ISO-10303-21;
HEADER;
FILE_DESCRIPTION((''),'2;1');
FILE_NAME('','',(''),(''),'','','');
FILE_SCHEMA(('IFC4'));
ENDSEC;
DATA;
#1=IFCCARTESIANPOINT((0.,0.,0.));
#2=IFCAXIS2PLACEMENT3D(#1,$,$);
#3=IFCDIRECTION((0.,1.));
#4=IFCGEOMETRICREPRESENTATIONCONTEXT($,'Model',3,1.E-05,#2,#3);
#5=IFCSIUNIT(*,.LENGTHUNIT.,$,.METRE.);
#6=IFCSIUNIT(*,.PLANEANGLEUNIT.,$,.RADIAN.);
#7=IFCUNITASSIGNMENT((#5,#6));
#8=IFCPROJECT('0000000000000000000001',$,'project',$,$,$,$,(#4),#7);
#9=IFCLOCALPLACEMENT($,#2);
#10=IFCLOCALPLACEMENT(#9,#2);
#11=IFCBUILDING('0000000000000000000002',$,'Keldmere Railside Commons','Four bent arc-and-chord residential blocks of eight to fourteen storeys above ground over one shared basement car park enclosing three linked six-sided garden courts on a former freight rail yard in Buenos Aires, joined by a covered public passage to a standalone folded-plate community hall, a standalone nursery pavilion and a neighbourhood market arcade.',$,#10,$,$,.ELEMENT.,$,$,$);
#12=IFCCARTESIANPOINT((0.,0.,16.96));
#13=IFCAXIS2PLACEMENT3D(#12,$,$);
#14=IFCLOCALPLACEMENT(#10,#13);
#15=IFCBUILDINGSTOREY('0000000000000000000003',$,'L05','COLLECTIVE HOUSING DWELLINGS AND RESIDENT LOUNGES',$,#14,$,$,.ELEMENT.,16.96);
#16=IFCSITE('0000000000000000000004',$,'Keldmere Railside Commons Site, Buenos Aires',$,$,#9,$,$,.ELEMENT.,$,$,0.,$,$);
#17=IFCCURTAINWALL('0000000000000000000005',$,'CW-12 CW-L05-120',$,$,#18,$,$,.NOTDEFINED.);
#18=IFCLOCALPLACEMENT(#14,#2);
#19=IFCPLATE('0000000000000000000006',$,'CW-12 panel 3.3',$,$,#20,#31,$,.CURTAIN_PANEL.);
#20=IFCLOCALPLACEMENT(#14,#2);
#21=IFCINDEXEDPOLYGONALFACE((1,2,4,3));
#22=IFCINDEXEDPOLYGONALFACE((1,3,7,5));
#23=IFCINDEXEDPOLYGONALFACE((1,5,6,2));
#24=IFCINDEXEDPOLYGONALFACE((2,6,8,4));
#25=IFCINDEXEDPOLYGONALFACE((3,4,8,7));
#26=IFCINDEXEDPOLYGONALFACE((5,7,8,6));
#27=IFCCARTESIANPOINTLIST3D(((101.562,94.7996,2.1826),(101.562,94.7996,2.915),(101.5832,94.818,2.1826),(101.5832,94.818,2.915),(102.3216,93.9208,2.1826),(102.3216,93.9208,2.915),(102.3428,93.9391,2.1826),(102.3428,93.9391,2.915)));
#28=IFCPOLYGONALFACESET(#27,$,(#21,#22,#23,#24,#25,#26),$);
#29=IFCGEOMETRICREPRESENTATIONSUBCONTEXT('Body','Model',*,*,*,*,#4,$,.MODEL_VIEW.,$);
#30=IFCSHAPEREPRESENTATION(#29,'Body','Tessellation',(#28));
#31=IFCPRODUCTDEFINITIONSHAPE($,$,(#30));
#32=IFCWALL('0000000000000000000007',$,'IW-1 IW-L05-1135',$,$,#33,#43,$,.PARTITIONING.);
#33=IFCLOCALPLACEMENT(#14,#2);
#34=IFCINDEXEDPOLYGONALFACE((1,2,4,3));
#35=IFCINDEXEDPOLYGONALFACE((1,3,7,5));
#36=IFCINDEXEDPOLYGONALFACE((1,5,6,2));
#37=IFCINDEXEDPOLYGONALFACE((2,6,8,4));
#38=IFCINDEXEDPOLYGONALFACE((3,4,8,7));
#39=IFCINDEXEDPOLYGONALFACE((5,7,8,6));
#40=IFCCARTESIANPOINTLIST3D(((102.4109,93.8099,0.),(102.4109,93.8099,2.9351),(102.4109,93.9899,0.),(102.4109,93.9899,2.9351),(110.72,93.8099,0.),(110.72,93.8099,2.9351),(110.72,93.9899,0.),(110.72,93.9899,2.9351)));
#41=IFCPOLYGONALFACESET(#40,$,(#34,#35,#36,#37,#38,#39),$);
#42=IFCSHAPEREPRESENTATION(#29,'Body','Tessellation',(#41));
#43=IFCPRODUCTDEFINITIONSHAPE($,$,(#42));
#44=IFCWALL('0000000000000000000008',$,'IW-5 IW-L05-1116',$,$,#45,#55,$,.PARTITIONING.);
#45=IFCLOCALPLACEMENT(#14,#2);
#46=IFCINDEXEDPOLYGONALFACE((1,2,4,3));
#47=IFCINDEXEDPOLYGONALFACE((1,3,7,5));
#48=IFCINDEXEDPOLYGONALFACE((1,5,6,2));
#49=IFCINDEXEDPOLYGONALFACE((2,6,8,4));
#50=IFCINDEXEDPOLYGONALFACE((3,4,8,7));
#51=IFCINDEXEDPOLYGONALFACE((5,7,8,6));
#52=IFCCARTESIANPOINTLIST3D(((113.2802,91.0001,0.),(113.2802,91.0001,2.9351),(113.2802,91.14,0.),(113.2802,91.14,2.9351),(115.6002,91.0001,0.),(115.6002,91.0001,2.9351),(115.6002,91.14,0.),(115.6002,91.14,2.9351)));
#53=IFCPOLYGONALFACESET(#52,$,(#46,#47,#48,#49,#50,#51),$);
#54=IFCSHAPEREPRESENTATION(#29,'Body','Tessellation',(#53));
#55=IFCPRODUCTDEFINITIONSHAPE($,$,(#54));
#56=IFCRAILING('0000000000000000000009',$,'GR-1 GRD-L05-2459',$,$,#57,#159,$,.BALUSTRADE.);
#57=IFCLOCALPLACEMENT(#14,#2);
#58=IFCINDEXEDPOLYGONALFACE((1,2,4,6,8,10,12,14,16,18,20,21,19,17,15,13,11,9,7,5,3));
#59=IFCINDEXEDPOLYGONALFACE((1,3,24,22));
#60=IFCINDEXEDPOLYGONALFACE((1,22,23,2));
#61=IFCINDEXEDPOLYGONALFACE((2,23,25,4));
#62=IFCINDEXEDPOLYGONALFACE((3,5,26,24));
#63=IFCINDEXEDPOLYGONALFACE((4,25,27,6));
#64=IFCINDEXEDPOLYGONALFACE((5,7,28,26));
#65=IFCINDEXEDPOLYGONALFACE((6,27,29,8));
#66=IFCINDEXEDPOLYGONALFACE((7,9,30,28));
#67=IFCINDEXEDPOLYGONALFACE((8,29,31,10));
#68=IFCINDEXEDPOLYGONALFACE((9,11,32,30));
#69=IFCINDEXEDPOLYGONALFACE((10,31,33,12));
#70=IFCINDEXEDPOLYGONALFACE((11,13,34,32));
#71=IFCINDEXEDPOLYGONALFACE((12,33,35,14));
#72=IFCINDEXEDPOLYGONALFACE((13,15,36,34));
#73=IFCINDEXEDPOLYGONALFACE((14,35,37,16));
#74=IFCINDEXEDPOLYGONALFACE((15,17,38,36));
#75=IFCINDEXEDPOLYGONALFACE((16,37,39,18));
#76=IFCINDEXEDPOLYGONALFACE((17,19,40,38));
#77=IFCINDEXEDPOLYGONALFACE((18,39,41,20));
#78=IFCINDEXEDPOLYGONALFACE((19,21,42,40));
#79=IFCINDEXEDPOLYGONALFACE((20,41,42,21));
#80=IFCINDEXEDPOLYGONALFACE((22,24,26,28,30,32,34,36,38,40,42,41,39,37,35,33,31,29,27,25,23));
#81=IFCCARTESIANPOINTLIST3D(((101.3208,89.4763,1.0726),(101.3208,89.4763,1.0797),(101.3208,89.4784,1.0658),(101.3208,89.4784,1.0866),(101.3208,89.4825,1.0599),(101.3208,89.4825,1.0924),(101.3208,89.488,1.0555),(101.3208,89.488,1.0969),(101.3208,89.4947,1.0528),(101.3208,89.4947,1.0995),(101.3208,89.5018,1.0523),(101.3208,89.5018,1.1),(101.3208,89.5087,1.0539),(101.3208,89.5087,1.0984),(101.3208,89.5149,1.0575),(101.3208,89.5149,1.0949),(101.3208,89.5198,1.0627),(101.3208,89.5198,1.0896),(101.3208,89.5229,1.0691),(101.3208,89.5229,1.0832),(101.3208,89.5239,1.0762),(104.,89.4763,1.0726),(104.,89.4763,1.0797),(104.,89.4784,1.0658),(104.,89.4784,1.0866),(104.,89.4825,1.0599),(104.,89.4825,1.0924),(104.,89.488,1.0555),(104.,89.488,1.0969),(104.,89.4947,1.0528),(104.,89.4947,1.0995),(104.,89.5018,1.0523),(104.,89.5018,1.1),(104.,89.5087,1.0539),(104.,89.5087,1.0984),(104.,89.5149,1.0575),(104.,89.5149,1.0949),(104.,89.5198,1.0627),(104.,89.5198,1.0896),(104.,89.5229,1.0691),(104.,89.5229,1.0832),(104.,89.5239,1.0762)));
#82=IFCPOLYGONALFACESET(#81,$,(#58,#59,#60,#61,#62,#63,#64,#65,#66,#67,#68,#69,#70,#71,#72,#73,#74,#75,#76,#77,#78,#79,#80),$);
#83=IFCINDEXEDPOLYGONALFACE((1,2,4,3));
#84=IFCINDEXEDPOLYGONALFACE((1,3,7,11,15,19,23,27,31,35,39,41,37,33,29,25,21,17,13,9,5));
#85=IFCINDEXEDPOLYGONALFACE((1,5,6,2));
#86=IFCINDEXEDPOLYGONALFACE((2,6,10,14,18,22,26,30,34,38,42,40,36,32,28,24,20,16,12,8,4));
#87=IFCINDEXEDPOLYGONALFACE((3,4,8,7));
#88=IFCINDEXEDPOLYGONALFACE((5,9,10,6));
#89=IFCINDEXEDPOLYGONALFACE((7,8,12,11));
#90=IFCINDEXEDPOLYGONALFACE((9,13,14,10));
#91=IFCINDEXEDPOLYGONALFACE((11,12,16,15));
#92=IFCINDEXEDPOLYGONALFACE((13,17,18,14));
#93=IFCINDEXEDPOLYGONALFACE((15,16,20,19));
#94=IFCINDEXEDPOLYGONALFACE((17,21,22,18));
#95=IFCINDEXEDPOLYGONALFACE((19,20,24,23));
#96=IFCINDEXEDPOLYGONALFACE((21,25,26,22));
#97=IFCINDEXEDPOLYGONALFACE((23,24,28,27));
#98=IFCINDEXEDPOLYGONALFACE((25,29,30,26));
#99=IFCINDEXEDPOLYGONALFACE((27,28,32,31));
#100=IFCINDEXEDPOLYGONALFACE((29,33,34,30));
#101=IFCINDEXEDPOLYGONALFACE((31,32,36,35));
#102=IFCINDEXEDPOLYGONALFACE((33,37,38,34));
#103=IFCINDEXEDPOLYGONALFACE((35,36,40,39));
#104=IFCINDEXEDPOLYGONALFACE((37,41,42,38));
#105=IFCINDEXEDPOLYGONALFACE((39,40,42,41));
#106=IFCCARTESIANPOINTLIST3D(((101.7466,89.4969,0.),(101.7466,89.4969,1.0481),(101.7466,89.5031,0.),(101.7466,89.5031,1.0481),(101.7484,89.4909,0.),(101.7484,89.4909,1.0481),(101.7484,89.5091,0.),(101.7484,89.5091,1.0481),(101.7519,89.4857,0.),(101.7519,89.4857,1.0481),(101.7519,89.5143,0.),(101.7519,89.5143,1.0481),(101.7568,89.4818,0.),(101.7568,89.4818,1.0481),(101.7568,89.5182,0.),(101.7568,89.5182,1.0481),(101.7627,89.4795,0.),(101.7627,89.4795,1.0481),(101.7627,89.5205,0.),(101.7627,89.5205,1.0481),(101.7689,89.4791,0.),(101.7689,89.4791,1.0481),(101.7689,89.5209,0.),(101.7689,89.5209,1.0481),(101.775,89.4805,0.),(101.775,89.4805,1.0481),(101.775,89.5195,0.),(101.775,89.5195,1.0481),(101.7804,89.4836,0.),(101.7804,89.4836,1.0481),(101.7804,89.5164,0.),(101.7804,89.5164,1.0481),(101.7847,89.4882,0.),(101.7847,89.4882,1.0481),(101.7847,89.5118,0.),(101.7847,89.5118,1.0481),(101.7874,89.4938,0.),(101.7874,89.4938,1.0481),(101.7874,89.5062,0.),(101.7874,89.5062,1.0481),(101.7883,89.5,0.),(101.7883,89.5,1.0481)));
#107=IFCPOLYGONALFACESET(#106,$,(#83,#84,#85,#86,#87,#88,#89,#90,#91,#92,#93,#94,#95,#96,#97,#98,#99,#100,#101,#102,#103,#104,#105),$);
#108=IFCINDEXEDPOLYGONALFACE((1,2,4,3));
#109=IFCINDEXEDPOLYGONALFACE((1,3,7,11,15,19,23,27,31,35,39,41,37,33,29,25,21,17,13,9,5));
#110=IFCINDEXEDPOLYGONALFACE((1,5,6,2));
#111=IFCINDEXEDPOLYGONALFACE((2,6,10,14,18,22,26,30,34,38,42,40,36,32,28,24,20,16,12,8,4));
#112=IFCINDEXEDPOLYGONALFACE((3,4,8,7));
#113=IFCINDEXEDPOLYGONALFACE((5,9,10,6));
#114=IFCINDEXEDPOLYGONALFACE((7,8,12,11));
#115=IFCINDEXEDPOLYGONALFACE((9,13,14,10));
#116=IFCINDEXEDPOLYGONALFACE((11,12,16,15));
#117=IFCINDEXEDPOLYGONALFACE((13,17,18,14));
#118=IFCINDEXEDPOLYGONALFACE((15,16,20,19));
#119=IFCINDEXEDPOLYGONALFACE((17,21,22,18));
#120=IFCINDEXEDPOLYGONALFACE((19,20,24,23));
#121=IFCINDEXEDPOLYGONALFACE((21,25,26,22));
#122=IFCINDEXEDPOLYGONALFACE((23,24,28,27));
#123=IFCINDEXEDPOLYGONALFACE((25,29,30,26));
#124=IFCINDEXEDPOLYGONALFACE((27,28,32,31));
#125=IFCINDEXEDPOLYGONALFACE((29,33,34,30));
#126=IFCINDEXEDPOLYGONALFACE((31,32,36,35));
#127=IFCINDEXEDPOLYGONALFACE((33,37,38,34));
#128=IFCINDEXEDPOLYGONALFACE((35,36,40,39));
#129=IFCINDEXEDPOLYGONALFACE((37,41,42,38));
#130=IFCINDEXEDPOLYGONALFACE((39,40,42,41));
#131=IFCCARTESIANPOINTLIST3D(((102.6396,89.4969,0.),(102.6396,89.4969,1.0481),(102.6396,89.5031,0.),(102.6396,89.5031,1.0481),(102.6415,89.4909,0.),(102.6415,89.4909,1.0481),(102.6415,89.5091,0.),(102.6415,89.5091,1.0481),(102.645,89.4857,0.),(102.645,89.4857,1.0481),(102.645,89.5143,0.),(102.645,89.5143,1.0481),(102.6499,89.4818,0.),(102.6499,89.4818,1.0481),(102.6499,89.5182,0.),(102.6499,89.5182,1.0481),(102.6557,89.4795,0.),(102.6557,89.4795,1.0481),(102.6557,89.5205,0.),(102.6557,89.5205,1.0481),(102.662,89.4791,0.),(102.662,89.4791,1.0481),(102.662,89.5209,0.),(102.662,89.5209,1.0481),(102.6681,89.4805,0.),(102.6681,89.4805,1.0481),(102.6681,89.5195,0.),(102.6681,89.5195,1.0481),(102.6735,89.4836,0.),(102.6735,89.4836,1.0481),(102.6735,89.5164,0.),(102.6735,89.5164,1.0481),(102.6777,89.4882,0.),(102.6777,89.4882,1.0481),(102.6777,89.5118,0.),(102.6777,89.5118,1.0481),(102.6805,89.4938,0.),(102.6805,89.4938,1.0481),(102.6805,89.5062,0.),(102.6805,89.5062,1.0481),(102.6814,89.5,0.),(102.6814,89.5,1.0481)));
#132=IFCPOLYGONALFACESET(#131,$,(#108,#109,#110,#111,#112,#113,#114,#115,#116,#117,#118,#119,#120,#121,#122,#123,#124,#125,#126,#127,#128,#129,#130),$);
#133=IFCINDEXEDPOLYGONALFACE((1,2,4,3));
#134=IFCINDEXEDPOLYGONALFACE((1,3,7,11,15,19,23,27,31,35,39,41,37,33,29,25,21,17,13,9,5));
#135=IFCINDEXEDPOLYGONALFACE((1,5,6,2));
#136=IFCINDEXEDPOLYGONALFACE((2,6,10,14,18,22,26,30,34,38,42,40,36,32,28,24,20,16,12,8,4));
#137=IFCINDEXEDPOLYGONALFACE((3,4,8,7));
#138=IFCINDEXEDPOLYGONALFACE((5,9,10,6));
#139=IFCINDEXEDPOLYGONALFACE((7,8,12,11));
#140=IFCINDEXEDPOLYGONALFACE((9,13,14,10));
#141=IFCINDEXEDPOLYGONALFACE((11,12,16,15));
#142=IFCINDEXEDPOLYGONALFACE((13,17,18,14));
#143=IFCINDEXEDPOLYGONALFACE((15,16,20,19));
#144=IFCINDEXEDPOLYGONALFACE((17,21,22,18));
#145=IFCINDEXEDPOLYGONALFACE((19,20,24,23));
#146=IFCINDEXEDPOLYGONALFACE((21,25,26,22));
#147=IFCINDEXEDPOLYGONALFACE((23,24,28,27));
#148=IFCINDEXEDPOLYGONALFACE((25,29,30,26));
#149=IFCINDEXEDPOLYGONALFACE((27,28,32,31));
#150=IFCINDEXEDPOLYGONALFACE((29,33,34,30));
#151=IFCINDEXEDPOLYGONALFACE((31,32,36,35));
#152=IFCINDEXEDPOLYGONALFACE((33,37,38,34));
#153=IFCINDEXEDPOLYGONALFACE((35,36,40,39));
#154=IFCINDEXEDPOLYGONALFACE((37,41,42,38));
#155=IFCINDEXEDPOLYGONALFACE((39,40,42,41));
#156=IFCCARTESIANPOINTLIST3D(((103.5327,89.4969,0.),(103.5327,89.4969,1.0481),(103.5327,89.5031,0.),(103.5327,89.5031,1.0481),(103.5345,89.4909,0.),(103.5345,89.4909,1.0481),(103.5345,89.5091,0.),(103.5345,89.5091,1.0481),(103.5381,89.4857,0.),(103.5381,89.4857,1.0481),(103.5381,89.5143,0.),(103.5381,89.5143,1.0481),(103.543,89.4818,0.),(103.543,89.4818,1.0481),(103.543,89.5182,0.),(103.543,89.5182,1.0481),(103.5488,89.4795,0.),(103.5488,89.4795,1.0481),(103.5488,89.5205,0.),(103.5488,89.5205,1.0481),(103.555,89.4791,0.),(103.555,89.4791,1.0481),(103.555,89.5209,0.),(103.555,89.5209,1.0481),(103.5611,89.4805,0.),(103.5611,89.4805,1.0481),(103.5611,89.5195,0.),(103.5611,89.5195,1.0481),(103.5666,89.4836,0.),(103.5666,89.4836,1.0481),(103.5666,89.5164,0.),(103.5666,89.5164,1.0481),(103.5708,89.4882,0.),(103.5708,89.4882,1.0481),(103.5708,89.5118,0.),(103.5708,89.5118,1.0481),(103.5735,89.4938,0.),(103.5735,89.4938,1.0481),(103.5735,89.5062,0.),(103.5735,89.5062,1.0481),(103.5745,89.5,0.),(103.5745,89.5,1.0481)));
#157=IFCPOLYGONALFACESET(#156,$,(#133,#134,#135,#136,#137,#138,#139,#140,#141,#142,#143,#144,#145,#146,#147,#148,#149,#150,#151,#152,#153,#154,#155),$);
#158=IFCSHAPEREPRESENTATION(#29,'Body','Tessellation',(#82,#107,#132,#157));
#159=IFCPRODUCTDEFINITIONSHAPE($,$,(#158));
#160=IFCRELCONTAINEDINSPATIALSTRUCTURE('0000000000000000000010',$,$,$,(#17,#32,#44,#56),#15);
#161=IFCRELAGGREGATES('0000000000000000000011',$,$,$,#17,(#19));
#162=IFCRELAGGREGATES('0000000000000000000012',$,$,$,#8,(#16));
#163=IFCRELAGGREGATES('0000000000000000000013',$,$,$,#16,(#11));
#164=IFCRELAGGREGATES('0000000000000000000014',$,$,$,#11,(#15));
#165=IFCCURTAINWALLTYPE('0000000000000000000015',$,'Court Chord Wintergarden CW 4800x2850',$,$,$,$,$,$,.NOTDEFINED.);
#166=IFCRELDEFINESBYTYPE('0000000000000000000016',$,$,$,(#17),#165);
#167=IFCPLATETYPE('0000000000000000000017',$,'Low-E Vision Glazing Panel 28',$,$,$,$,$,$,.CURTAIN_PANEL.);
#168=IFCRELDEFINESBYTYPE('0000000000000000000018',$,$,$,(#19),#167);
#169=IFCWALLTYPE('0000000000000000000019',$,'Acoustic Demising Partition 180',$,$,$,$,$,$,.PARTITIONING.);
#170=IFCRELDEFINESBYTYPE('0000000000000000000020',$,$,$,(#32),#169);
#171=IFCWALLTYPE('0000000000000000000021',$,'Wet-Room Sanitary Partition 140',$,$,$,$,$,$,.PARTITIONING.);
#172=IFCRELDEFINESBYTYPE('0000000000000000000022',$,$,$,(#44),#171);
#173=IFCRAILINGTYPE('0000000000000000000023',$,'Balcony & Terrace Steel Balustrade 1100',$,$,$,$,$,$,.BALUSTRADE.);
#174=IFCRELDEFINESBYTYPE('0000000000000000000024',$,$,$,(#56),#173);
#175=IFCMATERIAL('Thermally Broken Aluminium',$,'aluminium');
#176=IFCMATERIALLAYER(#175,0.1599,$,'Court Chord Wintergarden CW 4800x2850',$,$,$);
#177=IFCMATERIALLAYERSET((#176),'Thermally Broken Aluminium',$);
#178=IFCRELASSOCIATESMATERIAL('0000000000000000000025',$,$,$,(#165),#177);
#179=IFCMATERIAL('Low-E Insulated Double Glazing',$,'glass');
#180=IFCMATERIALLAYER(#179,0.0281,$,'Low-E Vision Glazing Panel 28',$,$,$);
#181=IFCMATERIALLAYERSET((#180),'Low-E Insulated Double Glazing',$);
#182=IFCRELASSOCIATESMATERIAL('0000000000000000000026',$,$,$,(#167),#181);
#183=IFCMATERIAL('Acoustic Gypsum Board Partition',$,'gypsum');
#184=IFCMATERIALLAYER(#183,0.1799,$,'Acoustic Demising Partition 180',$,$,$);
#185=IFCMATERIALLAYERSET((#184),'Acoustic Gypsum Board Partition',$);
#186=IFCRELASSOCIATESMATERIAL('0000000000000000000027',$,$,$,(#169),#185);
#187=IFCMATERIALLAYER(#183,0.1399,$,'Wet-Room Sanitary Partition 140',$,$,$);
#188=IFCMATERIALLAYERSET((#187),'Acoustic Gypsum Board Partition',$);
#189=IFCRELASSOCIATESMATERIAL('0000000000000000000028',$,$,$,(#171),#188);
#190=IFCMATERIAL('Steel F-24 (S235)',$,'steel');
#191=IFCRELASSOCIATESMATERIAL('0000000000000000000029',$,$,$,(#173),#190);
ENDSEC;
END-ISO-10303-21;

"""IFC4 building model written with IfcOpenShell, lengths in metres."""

from ifc_helpers import new_model, si_unit, direction, frame, frame_2d, origin, origin_2d, place, context, subcontext, project, spatial, rectangle, circle, extrude, material, layer, layer_set, type_object, element, aggregate, save


model = new_model("IFC4")

# Units and contexts
model_context = context("Model", 3, precision=1e-05, world=origin(), true_north=direction((0.0, 1.0)))
body_context = subcontext(model_context, "Body", "Model", "MODEL_VIEW")
ifc_project = project(units=[si_unit("LENGTHUNIT", "METRE"), si_unit("PLANEANGLEUNIT", "RADIAN")], contexts=[model_context])

# Site, building, storey
site_placement = place(None, origin())
site = spatial("IfcSite", under=ifc_project, at=site_placement, Name="Keldmere Railside Commons Site, Buenos Aires", CompositionType="ELEMENT", RefElevation=0.0)
building_placement = place(site_placement, origin())
building = spatial("IfcBuilding", under=site, at=building_placement, Name="Keldmere Railside Commons", Description="Four bent arc-and-chord residential blocks of eight to fourteen storeys above ground over one shared basement car park enclosing three linked six-sided garden courts on a former freight rail yard in Buenos Aires, joined by a covered public passage to a standalone folded-plate community hall, a standalone nursery pavilion and a neighbourhood market arcade.", CompositionType="ELEMENT")
storey_placement = place(building_placement, frame((0.0, 0.0, 16.96)))
storey = spatial("IfcBuildingStorey", under=building, at=storey_placement, Name="L05", Description="COLLECTIVE HOUSING DWELLINGS AND RESIDENT LOUNGES", CompositionType="ELEMENT", Elevation=16.96)

# Curtain wall, plate
ifc_material_1 = material(Name="Thermally Broken Aluminium", Category="aluminium")
ifc_layer_1 = layer(ifc_material_1, 0.1599, Name="Court Chord Wintergarden CW 4800x2850")
ifc_layer_set_1 = layer_set([ifc_layer_1], Name="Thermally Broken Aluminium")
curtain_wall_type = type_object("IfcCurtainWallType", Name="Court Chord Wintergarden CW 4800x2850", PredefinedType="NOTDEFINED", material=ifc_layer_set_1)
curtain_wall_placement = place(storey_placement, origin())
curtain_wall = element("IfcCurtainWall", 1, at=curtain_wall_placement, inside=storey, type_object=curtain_wall_type, Name="CW-12 CW-L05-120", PredefinedType="NOTDEFINED")
ifc_material_2 = material(Name="Low-E Insulated Double Glazing", Category="glass")
ifc_layer_2 = layer(ifc_material_2, 0.0281, Name="Low-E Vision Glazing Panel 28")
ifc_layer_set_2 = layer_set([ifc_layer_2], Name="Low-E Insulated Double Glazing")
plate_type = type_object("IfcPlateType", Name="Low-E Vision Glazing Panel 28", PredefinedType="CURTAIN_PANEL", material=ifc_layer_set_2)
plate_1_placement = place(storey_placement, frame((101.9524, 94.3694, 2.1826), z_axis=(0.0, 0.0, 1.0), x_axis=(-0.653882, 0.756597, 0.0)))
plate_1 = element("IfcPlate", 2, at=plate_1_placement, type_object=plate_type, Name="CW-12 panel 3.3", PredefinedType="CURTAIN_PANEL", context=body_context, shape_type="SweptSolid", body=[
    extrude(rectangle(XDim=1.1616, YDim=0.0281, at=origin_2d()), origin(), (0.0, 0.0, 1.0), 0.7324),
])
aggregate(curtain_wall, [plate_1])

# Walls
ifc_material_3 = material(Name="Acoustic Gypsum Board Partition", Category="gypsum")
ifc_layer_3 = layer(ifc_material_3, 0.1799, Name="Acoustic Demising Partition 180")
ifc_layer_set_3 = layer_set([ifc_layer_3], Name="Acoustic Gypsum Board Partition")
wall_type_1 = type_object("IfcWallType", Name="Acoustic Demising Partition 180", PredefinedType="PARTITIONING", material=ifc_layer_set_3)
wall_1_placement = place(storey_placement, frame((102.4109, 93.8999, 0.0), z_axis=(0.0, 0.0, 1.0), x_axis=(1.0, 0.0, 0.0)))
element("IfcWall", 3, at=wall_1_placement, inside=storey, type_object=wall_type_1, Name="IW-1 IW-L05-1135", PredefinedType="PARTITIONING", context=body_context, shape_type="SweptSolid", body=[
    extrude(rectangle(XDim=8.3091, YDim=0.1799, at=frame_2d((4.1545, 0.0))), origin(), (0.0, 0.0, 1.0), 2.9351),
])
ifc_layer_4 = layer(ifc_material_3, 0.1399, Name="Wet-Room Sanitary Partition 140")
ifc_layer_set_4 = layer_set([ifc_layer_4], Name="Acoustic Gypsum Board Partition")
wall_type_2 = type_object("IfcWallType", Name="Wet-Room Sanitary Partition 140", PredefinedType="PARTITIONING", material=ifc_layer_set_4)
wall_2_placement = place(storey_placement, frame((113.28, 91.0701, 0.0), z_axis=(0.0, 0.0, 1.0), x_axis=(1.0, 0.0, 0.0)))
element("IfcWall", 4, at=wall_2_placement, inside=storey, type_object=wall_type_2, Name="IW-5 IW-L05-1116", PredefinedType="PARTITIONING", context=body_context, shape_type="SweptSolid", body=[
    extrude(rectangle(XDim=2.3201, YDim=0.1399, at=frame_2d((1.1602, 0.0))), origin(), (0.0, 0.0, 1.0), 2.9351),
])

# Railing
ifc_material_4 = material(Name="Steel F-24 (S235)", Category="steel")
railing_type = type_object("IfcRailingType", Name="Balcony & Terrace Steel Balustrade 1100", PredefinedType="BALUSTRADE", material=ifc_material_4)
railing_placement = place(storey_placement, frame((101.3208, 89.5, 0.0)))
element("IfcRailing", 5, at=railing_placement, inside=storey, type_object=railing_type, Name="GR-1 GRD-L05-2459", PredefinedType="BALUSTRADE", context=body_context, shape_type="SweptSolid", body=[
    extrude(circle(Radius=0.0239, at=origin_2d()), frame((0.0, 0.0, 1.0762), z_axis=(1.0, 0.0, 0.0), x_axis=(0.0, 1.0, 0.0)), (0.0, 0.0, 1.0), 2.6792),
    extrude(circle(Radius=0.021, at=origin_2d()), frame((0.4465, 0.0, 0.0)), (0.0, 0.0, 1.0), 1.0481),
    extrude(circle(Radius=0.021, at=origin_2d()), frame((1.3396, 0.0, 0.0)), (0.0, 0.0, 1.0), 1.0481),
    extrude(circle(Radius=0.021, at=origin_2d()), frame((2.2327, 0.0, 0.0)), (0.0, 0.0, 1.0), 1.0481),
])

save(model, "model.ifc")
